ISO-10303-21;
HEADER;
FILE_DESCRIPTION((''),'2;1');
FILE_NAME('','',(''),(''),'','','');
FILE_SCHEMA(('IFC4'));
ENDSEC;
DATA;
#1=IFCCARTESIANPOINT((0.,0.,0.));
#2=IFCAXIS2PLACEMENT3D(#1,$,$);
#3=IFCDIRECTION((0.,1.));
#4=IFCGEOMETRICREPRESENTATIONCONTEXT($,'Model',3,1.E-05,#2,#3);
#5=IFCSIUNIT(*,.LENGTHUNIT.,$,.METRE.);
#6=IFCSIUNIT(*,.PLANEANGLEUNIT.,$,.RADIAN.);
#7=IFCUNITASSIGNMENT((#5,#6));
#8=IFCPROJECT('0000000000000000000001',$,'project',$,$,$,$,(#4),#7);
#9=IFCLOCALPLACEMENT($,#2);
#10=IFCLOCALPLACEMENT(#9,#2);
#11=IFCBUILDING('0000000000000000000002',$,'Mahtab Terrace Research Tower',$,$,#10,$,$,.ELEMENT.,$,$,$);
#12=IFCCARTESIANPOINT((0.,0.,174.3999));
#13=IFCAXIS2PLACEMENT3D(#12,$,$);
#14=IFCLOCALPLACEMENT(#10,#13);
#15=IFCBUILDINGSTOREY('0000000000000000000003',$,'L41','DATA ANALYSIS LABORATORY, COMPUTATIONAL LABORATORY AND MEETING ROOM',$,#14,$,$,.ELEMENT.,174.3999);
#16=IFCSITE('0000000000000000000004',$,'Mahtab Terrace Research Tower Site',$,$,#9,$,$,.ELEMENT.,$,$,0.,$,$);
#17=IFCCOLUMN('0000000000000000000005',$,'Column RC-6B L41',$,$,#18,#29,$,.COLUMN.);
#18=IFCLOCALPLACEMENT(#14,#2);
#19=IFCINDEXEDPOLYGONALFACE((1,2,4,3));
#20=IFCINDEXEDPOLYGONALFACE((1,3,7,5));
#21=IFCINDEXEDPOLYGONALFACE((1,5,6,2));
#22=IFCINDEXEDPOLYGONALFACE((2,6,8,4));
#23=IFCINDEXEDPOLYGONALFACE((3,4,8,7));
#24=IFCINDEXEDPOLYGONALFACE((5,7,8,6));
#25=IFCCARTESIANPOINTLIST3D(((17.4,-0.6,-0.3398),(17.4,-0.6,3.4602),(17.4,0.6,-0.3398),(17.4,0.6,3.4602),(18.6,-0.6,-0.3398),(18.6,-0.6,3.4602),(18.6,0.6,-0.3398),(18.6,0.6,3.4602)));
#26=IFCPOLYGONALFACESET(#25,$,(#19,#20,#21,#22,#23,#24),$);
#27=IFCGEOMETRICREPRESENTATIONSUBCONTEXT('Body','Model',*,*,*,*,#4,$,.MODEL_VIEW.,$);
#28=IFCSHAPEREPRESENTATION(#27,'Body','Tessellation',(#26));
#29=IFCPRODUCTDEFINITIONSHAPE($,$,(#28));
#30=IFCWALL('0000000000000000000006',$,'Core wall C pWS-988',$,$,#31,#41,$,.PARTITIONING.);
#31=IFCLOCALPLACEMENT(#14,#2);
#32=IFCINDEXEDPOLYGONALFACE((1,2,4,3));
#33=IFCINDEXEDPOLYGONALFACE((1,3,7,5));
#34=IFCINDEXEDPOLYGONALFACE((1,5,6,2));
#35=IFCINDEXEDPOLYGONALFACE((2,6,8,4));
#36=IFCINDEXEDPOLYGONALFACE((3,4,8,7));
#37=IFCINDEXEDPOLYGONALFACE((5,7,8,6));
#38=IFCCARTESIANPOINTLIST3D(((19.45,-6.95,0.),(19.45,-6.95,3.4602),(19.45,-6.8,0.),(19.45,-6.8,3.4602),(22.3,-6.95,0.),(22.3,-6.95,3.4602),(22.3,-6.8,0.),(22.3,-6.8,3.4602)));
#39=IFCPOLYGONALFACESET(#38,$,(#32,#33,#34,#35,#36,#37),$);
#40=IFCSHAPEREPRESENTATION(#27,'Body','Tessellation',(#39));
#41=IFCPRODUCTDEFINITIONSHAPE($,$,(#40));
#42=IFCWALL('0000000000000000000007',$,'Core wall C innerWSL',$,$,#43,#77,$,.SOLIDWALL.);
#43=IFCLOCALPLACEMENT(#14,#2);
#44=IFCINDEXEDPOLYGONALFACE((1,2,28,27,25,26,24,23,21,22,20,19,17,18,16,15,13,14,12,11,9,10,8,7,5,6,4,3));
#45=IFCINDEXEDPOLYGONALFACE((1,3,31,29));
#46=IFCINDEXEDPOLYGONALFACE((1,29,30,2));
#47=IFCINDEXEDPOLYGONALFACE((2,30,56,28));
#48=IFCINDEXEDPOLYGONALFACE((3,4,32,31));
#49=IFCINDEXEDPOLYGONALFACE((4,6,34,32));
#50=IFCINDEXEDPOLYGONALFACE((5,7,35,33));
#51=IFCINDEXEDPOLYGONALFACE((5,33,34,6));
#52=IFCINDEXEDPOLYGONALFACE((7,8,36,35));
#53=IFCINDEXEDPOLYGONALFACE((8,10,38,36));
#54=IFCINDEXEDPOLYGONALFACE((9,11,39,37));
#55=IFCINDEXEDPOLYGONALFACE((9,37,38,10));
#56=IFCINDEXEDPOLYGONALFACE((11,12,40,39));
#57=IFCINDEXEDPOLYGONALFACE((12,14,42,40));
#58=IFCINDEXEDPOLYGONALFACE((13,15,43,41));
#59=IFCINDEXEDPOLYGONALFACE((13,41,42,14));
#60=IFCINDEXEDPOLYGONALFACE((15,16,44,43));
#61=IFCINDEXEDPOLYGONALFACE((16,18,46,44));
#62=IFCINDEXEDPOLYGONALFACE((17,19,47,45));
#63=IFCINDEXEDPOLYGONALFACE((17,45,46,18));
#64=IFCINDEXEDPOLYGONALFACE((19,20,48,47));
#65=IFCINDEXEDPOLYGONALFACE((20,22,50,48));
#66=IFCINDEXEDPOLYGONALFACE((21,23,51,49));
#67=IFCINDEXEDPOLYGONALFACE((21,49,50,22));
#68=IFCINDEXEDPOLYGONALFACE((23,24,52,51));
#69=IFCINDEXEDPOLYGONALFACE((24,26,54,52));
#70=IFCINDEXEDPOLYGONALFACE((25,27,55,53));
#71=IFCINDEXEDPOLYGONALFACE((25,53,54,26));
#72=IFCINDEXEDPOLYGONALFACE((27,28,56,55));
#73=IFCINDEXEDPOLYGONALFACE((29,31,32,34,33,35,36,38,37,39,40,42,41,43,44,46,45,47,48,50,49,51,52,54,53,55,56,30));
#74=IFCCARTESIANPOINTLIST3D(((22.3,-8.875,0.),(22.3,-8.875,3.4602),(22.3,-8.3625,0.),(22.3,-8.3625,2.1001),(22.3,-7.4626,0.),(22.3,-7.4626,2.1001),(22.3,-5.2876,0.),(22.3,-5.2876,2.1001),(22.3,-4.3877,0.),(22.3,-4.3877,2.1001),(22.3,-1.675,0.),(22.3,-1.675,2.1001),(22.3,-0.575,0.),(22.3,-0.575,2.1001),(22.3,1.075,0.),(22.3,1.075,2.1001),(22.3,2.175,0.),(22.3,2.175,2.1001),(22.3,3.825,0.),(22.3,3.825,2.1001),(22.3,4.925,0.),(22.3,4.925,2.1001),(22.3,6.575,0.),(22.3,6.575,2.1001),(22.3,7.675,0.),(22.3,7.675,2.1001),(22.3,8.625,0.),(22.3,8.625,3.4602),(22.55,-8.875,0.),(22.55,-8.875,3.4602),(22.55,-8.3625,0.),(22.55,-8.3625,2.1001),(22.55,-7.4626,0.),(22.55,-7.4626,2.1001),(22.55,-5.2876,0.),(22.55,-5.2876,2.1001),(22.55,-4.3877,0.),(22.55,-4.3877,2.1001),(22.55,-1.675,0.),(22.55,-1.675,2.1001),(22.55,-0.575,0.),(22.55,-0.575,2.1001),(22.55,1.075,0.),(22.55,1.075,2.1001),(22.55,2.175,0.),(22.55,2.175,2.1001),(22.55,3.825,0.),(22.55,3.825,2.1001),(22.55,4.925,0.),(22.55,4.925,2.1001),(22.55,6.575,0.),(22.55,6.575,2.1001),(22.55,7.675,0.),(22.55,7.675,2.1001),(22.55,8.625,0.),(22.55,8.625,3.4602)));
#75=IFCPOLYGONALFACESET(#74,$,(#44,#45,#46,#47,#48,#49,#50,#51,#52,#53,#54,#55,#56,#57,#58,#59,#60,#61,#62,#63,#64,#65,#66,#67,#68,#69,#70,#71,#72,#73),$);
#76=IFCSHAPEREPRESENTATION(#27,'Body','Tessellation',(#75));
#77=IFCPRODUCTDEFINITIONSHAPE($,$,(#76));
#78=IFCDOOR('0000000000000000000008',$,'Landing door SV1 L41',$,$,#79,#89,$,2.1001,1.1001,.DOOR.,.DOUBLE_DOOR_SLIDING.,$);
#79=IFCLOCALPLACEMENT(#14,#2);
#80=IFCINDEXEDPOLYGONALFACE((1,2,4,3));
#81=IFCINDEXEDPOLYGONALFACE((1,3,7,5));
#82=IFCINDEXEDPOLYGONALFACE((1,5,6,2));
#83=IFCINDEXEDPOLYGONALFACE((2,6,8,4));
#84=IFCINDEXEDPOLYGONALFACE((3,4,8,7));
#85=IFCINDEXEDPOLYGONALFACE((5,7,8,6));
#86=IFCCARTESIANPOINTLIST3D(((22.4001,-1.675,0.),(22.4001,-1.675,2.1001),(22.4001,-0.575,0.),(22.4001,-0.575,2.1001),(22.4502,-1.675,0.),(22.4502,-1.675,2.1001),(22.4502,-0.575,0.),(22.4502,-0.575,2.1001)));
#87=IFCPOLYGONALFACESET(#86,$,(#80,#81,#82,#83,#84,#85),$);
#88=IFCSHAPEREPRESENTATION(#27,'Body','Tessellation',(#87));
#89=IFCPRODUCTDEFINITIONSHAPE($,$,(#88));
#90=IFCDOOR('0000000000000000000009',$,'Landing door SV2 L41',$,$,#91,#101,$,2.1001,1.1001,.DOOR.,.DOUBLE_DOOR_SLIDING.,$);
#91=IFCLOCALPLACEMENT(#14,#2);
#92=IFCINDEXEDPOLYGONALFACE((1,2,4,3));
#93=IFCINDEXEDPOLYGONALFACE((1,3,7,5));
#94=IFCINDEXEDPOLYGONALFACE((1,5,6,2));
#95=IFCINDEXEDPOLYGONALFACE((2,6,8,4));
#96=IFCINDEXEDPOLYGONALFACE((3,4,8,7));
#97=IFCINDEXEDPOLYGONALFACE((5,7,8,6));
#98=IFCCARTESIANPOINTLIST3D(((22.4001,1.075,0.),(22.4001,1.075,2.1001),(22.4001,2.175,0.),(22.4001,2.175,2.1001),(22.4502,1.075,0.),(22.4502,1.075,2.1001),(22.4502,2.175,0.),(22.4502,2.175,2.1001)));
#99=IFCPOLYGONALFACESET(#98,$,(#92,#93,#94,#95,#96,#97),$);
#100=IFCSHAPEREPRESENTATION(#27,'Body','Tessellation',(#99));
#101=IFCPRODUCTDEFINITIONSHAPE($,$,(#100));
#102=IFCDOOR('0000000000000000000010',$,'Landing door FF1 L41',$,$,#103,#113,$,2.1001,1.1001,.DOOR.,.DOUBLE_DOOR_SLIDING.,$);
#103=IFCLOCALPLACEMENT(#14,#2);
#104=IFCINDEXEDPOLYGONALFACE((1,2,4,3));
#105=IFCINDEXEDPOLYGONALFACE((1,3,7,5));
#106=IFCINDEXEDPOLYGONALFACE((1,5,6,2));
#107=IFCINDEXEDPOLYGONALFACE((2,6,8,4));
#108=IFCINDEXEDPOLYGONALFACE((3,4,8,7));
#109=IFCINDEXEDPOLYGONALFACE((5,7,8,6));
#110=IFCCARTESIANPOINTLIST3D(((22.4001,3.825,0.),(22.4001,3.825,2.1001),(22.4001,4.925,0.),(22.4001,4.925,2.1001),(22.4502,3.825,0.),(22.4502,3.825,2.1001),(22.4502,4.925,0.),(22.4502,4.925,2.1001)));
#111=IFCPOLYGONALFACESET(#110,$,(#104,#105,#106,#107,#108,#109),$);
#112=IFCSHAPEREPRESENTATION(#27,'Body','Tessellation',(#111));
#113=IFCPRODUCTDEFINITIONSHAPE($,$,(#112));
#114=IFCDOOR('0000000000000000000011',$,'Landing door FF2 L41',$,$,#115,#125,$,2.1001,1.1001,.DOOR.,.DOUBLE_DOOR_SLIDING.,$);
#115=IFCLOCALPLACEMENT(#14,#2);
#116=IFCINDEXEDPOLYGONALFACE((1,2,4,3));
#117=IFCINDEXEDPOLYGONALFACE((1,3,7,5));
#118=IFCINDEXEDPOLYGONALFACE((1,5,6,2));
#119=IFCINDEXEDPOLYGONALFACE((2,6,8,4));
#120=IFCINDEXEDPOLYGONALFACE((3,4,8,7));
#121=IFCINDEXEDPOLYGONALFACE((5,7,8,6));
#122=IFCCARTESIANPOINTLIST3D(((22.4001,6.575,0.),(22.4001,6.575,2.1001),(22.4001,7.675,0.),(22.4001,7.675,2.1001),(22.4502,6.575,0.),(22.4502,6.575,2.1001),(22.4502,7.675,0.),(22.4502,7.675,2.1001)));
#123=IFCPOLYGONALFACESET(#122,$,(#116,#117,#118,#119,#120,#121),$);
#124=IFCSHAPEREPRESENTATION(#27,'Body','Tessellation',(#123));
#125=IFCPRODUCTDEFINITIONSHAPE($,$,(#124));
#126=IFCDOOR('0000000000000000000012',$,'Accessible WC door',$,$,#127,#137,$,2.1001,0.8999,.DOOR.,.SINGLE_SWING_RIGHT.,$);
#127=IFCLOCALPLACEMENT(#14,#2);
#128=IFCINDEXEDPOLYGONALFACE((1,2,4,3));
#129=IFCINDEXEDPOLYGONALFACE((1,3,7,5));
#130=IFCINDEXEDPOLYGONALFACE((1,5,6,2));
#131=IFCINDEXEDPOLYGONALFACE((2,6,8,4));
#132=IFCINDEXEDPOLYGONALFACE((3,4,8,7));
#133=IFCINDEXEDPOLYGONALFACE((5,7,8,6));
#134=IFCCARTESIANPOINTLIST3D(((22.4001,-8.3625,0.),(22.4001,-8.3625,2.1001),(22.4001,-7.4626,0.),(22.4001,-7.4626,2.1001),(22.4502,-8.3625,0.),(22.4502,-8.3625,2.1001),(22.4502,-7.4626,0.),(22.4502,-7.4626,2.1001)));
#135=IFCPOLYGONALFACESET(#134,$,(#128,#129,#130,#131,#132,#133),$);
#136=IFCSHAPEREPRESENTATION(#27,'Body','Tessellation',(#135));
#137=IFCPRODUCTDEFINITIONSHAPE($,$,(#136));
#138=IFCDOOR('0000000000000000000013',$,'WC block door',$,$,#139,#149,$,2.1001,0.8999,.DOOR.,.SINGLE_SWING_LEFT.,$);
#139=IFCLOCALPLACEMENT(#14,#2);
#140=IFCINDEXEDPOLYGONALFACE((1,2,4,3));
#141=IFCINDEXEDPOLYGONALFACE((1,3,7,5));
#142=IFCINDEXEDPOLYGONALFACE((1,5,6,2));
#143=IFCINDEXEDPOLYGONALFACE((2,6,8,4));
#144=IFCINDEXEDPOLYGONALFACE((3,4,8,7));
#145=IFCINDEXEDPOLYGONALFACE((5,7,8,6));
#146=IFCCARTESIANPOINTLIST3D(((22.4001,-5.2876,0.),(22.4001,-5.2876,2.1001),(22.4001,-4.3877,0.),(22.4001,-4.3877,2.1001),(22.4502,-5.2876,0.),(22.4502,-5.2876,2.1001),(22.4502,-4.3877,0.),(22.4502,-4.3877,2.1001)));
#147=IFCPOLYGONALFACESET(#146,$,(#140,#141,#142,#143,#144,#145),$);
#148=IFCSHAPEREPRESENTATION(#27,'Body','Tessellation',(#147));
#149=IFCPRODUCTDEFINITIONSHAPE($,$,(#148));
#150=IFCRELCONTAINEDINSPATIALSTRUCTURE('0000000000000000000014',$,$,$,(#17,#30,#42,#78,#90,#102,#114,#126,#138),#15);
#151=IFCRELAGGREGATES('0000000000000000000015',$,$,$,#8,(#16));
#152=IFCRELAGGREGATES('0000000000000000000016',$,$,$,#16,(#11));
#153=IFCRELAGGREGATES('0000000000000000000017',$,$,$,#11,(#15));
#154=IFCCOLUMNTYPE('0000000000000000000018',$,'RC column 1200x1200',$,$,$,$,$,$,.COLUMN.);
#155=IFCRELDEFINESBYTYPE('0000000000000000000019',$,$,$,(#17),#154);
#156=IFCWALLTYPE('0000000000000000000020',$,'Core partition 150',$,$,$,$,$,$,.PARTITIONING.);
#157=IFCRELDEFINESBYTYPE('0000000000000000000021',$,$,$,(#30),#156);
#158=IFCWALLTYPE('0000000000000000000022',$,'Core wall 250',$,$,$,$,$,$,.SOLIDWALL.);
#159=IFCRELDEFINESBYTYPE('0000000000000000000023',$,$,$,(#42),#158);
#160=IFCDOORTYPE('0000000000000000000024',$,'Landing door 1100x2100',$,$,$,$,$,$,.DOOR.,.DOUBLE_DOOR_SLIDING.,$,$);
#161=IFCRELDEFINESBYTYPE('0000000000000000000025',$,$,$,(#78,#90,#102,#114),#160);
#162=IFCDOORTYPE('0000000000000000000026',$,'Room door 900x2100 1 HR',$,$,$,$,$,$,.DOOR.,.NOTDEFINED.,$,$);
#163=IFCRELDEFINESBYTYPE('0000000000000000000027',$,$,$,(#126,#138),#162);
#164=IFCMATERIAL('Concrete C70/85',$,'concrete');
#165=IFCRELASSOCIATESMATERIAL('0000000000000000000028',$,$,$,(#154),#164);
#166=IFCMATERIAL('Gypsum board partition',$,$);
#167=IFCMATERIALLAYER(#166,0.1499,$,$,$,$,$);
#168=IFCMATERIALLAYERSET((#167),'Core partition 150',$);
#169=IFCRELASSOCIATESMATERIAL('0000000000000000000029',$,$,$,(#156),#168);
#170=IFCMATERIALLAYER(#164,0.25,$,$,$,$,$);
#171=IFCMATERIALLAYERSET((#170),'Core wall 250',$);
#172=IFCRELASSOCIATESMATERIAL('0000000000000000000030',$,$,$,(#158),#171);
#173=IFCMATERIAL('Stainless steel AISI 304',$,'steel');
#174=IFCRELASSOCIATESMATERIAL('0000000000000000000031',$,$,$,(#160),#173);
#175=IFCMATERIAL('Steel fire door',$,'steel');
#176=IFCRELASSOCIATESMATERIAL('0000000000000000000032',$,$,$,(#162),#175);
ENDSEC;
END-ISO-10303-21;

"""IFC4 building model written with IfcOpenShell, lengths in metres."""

from ifc_helpers import new_model, si_unit, direction, frame, frame_2d, origin, origin_2d, place, context, subcontext, project, spatial, rectangle, extrude, material, layer, layer_set, material_profile, profile_set, type_object, element, fill, save


model = new_model("IFC4")

# Units and contexts
model_context = context("Model", 3, precision=1e-05, world=origin(), true_north=direction((0.0, 1.0)))
body_context = subcontext(model_context, "Body", "Model", "MODEL_VIEW")
ifc_project = project(units=[si_unit("LENGTHUNIT", "METRE"), si_unit("PLANEANGLEUNIT", "RADIAN")], contexts=[model_context])

# Site, building, storey
site_placement = place(None, origin())
site = spatial("IfcSite", under=ifc_project, at=site_placement, Name="Mahtab Terrace Research Tower Site", CompositionType="ELEMENT", RefElevation=0.0)
building_placement = place(site_placement, origin())
building = spatial("IfcBuilding", under=site, at=building_placement, Name="Mahtab Terrace Research Tower", CompositionType="ELEMENT")
storey_placement = place(building_placement, frame((0.0, 0.0, 174.3999)))
storey = spatial("IfcBuildingStorey", under=building, at=storey_placement, Name="L41", Description="DATA ANALYSIS LABORATORY, COMPUTATIONAL LABORATORY AND MEETING ROOM", CompositionType="ELEMENT", Elevation=174.3999)

# Column
ifc_material_1 = material(Name="Concrete C70/85", Category="concrete")
ifc_material_profile = material_profile(ifc_material_1, rectangle(XDim=1.2, YDim=1.2, at=origin_2d()), Name="RC column 1200x1200")
ifc_profile_set = profile_set([ifc_material_profile], Name="Concrete C70/85")
column_type = type_object("IfcColumnType", Name="RC column 1200x1200", PredefinedType="COLUMN", material=ifc_profile_set)
column_placement = place(storey_placement, frame((18.0, 0.0, -0.3398), z_axis=(0.0, 0.0, 1.0), x_axis=(1.0, 0.0, 0.0)))
element("IfcColumn", 1, at=column_placement, inside=storey, type_object=column_type, Name="Column RC-6B L41", PredefinedType="COLUMN", context=body_context, shape_type="SweptSolid", body=[
    extrude(rectangle(XDim=1.2, YDim=1.2, at=origin_2d()), origin(), (0.0, 0.0, 1.0), 3.8),
])

# Wall
ifc_material_2 = material(Name="Gypsum board partition")
ifc_layer_1 = layer(ifc_material_2, 0.1499)
ifc_layer_set_1 = layer_set([ifc_layer_1], Name="Core partition 150")
wall_type_1 = type_object("IfcWallType", Name="Core partition 150", PredefinedType="PARTITIONING", material=ifc_layer_set_1)
wall_1_placement = place(storey_placement, frame((19.45, -6.875, 0.0), z_axis=(0.0, 0.0, 1.0), x_axis=(1.0, 0.0, 0.0)))
element("IfcWall", 2, at=wall_1_placement, inside=storey, type_object=wall_type_1, Name="Core wall C pWS-988", PredefinedType="PARTITIONING", context=body_context, shape_type="SweptSolid", body=[
    extrude(rectangle(XDim=2.8501, YDim=0.1499, at=frame_2d((1.425, 0.0))), origin(), (0.0, 0.0, 1.0), 3.4602),
])

# Wall, openings, doors
ifc_layer_2 = layer(ifc_material_1, 0.25)
ifc_layer_set_2 = layer_set([ifc_layer_2], Name="Core wall 250")
wall_type_2 = type_object("IfcWallType", Name="Core wall 250", PredefinedType="SOLIDWALL", material=ifc_layer_set_2)
wall_2_placement = place(storey_placement, frame((22.425, -8.875, 0.0), z_axis=(0.0, 0.0, 1.0), x_axis=(0.0, 1.0, 0.0)))
wall_2 = element("IfcWall", 3, at=wall_2_placement, inside=storey, type_object=wall_type_2, Name="Core wall C innerWSL", PredefinedType="SOLIDWALL", context=body_context, shape_type="SweptSolid", body=[
    extrude(rectangle(XDim=17.5, YDim=0.25, at=frame_2d((8.75, 0.0))), origin(), (0.0, 0.0, 1.0), 3.4602),
])
opening_1_placement = place(wall_2_placement, frame((7.2, 0.0, 0.0)))
opening_1 = element("IfcOpeningElement", 4, at=opening_1_placement, cuts=wall_2, PredefinedType="OPENING", context=body_context, shape_type="SweptSolid", body=[
    extrude(rectangle(XDim=1.1001, YDim=2.1001, at=frame_2d((0.55, 1.05))), frame((0.0, 0.135, 0.0), z_axis=(0.0, -1.0, 0.0), x_axis=(1.0, 0.0, 0.0)), (0.0, 0.0, 1.0), 0.27),
])
opening_2_placement = place(wall_2_placement, frame((9.95, 0.0, 0.0)))
opening_2 = element("IfcOpeningElement", 5, at=opening_2_placement, cuts=wall_2, PredefinedType="OPENING", context=body_context, shape_type="SweptSolid", body=[
    extrude(rectangle(XDim=1.1001, YDim=2.1001, at=frame_2d((0.55, 1.05))), frame((0.0, 0.135, 0.0), z_axis=(0.0, -1.0, 0.0), x_axis=(1.0, 0.0, 0.0)), (0.0, 0.0, 1.0), 0.27),
])
opening_3_placement = place(wall_2_placement, frame((12.7, 0.0, 0.0)))
opening_3 = element("IfcOpeningElement", 6, at=opening_3_placement, cuts=wall_2, PredefinedType="OPENING", context=body_context, shape_type="SweptSolid", body=[
    extrude(rectangle(XDim=1.1001, YDim=2.1001, at=frame_2d((0.55, 1.05))), frame((0.0, 0.135, 0.0), z_axis=(0.0, -1.0, 0.0), x_axis=(1.0, 0.0, 0.0)), (0.0, 0.0, 1.0), 0.27),
])
opening_4_placement = place(wall_2_placement, frame((15.45, 0.0, 0.0)))
opening_4 = element("IfcOpeningElement", 7, at=opening_4_placement, cuts=wall_2, PredefinedType="OPENING", context=body_context, shape_type="SweptSolid", body=[
    extrude(rectangle(XDim=1.1001, YDim=2.1001, at=frame_2d((0.55, 1.05))), frame((0.0, 0.135, 0.0), z_axis=(0.0, -1.0, 0.0), x_axis=(1.0, 0.0, 0.0)), (0.0, 0.0, 1.0), 0.27),
])
opening_5_placement = place(wall_2_placement, frame((0.5125, 0.0, 0.0)))
opening_5 = element("IfcOpeningElement", 8, at=opening_5_placement, cuts=wall_2, PredefinedType="OPENING", context=body_context, shape_type="SweptSolid", body=[
    extrude(rectangle(XDim=0.8999, YDim=2.1001, at=frame_2d((0.45, 1.05))), frame((0.0, 0.135, 0.0), z_axis=(0.0, -1.0, 0.0), x_axis=(1.0, 0.0, 0.0)), (0.0, 0.0, 1.0), 0.27),
])
opening_6_placement = place(wall_2_placement, frame((3.5874, 0.0, 0.0)))
opening_6 = element("IfcOpeningElement", 9, at=opening_6_placement, cuts=wall_2, PredefinedType="OPENING", context=body_context, shape_type="SweptSolid", body=[
    extrude(rectangle(XDim=0.8999, YDim=2.1001, at=frame_2d((0.45, 1.05))), frame((0.0, 0.135, 0.0), z_axis=(0.0, -1.0, 0.0), x_axis=(1.0, 0.0, 0.0)), (0.0, 0.0, 1.0), 0.27),
])
ifc_material_3 = material(Name="Stainless steel AISI 304", Category="steel")
door_type_1 = type_object("IfcDoorType", Name="Landing door 1100x2100", OperationType="DOUBLE_DOOR_SLIDING", PredefinedType="DOOR", material=ifc_material_3)
door_1_placement = place(opening_1_placement, origin())
door_1 = element("IfcDoor", 10, at=door_1_placement, inside=storey, type_object=door_type_1, Name="Landing door SV1 L41", OperationType="DOUBLE_DOOR_SLIDING", OverallHeight=2.1001, OverallWidth=1.1001, PredefinedType="DOOR", context=body_context, shape_type="SweptSolid", body=[
    extrude(rectangle(XDim=1.1001, YDim=2.1001, at=frame_2d((0.55, 1.05))), frame((0.0, 0.0249, 0.0), z_axis=(0.0, -1.0, 0.0), x_axis=(1.0, 0.0, 0.0)), (0.0, 0.0, 1.0), 0.05),
])
fill(opening_1, door_1)
door_2_placement = place(opening_2_placement, origin())
door_2 = element("IfcDoor", 11, at=door_2_placement, inside=storey, type_object=door_type_1, Name="Landing door SV2 L41", OperationType="DOUBLE_DOOR_SLIDING", OverallHeight=2.1001, OverallWidth=1.1001, PredefinedType="DOOR", context=body_context, shape_type="SweptSolid", body=[
    extrude(rectangle(XDim=1.1001, YDim=2.1001, at=frame_2d((0.55, 1.05))), frame((0.0, 0.0249, 0.0), z_axis=(0.0, -1.0, 0.0), x_axis=(1.0, 0.0, 0.0)), (0.0, 0.0, 1.0), 0.05),
])
fill(opening_2, door_2)
door_3_placement = place(opening_3_placement, origin())
door_3 = element("IfcDoor", 12, at=door_3_placement, inside=storey, type_object=door_type_1, Name="Landing door FF1 L41", OperationType="DOUBLE_DOOR_SLIDING", OverallHeight=2.1001, OverallWidth=1.1001, PredefinedType="DOOR", context=body_context, shape_type="SweptSolid", body=[
    extrude(rectangle(XDim=1.1001, YDim=2.1001, at=frame_2d((0.55, 1.05))), frame((0.0, 0.0249, 0.0), z_axis=(0.0, -1.0, 0.0), x_axis=(1.0, 0.0, 0.0)), (0.0, 0.0, 1.0), 0.05),
])
fill(opening_3, door_3)
door_4_placement = place(opening_4_placement, origin())
door_4 = element("IfcDoor", 13, at=door_4_placement, inside=storey, type_object=door_type_1, Name="Landing door FF2 L41", OperationType="DOUBLE_DOOR_SLIDING", OverallHeight=2.1001, OverallWidth=1.1001, PredefinedType="DOOR", context=body_context, shape_type="SweptSolid", body=[
    extrude(rectangle(XDim=1.1001, YDim=2.1001, at=frame_2d((0.55, 1.05))), frame((0.0, 0.0249, 0.0), z_axis=(0.0, -1.0, 0.0), x_axis=(1.0, 0.0, 0.0)), (0.0, 0.0, 1.0), 0.05),
])
fill(opening_4, door_4)
ifc_material_4 = material(Name="Steel fire door", Category="steel")
door_type_2 = type_object("IfcDoorType", Name="Room door 900x2100 1 HR", OperationType="NOTDEFINED", PredefinedType="DOOR", material=ifc_material_4)
door_5_placement = place(opening_5_placement, origin())
door_5 = element("IfcDoor", 14, at=door_5_placement, inside=storey, type_object=door_type_2, Name="Accessible WC door", OperationType="SINGLE_SWING_RIGHT", OverallHeight=2.1001, OverallWidth=0.8999, PredefinedType="DOOR", context=body_context, shape_type="SweptSolid", body=[
    extrude(rectangle(XDim=0.8999, YDim=2.1001, at=frame_2d((0.45, 1.05))), frame((0.0, 0.0249, 0.0), z_axis=(0.0, -1.0, 0.0), x_axis=(1.0, 0.0, 0.0)), (0.0, 0.0, 1.0), 0.05),
])
fill(opening_5, door_5)
door_6_placement = place(opening_6_placement, origin())
door_6 = element("IfcDoor", 15, at=door_6_placement, inside=storey, type_object=door_type_2, Name="WC block door", OperationType="SINGLE_SWING_LEFT", OverallHeight=2.1001, OverallWidth=0.8999, PredefinedType="DOOR", context=body_context, shape_type="SweptSolid", body=[
    extrude(rectangle(XDim=0.8999, YDim=2.1001, at=frame_2d((0.45, 1.05))), frame((0.0, 0.0249, 0.0), z_axis=(0.0, -1.0, 0.0), x_axis=(1.0, 0.0, 0.0)), (0.0, 0.0, 1.0), 0.05),
])
fill(opening_6, door_6)

save(model, "model.ifc")
